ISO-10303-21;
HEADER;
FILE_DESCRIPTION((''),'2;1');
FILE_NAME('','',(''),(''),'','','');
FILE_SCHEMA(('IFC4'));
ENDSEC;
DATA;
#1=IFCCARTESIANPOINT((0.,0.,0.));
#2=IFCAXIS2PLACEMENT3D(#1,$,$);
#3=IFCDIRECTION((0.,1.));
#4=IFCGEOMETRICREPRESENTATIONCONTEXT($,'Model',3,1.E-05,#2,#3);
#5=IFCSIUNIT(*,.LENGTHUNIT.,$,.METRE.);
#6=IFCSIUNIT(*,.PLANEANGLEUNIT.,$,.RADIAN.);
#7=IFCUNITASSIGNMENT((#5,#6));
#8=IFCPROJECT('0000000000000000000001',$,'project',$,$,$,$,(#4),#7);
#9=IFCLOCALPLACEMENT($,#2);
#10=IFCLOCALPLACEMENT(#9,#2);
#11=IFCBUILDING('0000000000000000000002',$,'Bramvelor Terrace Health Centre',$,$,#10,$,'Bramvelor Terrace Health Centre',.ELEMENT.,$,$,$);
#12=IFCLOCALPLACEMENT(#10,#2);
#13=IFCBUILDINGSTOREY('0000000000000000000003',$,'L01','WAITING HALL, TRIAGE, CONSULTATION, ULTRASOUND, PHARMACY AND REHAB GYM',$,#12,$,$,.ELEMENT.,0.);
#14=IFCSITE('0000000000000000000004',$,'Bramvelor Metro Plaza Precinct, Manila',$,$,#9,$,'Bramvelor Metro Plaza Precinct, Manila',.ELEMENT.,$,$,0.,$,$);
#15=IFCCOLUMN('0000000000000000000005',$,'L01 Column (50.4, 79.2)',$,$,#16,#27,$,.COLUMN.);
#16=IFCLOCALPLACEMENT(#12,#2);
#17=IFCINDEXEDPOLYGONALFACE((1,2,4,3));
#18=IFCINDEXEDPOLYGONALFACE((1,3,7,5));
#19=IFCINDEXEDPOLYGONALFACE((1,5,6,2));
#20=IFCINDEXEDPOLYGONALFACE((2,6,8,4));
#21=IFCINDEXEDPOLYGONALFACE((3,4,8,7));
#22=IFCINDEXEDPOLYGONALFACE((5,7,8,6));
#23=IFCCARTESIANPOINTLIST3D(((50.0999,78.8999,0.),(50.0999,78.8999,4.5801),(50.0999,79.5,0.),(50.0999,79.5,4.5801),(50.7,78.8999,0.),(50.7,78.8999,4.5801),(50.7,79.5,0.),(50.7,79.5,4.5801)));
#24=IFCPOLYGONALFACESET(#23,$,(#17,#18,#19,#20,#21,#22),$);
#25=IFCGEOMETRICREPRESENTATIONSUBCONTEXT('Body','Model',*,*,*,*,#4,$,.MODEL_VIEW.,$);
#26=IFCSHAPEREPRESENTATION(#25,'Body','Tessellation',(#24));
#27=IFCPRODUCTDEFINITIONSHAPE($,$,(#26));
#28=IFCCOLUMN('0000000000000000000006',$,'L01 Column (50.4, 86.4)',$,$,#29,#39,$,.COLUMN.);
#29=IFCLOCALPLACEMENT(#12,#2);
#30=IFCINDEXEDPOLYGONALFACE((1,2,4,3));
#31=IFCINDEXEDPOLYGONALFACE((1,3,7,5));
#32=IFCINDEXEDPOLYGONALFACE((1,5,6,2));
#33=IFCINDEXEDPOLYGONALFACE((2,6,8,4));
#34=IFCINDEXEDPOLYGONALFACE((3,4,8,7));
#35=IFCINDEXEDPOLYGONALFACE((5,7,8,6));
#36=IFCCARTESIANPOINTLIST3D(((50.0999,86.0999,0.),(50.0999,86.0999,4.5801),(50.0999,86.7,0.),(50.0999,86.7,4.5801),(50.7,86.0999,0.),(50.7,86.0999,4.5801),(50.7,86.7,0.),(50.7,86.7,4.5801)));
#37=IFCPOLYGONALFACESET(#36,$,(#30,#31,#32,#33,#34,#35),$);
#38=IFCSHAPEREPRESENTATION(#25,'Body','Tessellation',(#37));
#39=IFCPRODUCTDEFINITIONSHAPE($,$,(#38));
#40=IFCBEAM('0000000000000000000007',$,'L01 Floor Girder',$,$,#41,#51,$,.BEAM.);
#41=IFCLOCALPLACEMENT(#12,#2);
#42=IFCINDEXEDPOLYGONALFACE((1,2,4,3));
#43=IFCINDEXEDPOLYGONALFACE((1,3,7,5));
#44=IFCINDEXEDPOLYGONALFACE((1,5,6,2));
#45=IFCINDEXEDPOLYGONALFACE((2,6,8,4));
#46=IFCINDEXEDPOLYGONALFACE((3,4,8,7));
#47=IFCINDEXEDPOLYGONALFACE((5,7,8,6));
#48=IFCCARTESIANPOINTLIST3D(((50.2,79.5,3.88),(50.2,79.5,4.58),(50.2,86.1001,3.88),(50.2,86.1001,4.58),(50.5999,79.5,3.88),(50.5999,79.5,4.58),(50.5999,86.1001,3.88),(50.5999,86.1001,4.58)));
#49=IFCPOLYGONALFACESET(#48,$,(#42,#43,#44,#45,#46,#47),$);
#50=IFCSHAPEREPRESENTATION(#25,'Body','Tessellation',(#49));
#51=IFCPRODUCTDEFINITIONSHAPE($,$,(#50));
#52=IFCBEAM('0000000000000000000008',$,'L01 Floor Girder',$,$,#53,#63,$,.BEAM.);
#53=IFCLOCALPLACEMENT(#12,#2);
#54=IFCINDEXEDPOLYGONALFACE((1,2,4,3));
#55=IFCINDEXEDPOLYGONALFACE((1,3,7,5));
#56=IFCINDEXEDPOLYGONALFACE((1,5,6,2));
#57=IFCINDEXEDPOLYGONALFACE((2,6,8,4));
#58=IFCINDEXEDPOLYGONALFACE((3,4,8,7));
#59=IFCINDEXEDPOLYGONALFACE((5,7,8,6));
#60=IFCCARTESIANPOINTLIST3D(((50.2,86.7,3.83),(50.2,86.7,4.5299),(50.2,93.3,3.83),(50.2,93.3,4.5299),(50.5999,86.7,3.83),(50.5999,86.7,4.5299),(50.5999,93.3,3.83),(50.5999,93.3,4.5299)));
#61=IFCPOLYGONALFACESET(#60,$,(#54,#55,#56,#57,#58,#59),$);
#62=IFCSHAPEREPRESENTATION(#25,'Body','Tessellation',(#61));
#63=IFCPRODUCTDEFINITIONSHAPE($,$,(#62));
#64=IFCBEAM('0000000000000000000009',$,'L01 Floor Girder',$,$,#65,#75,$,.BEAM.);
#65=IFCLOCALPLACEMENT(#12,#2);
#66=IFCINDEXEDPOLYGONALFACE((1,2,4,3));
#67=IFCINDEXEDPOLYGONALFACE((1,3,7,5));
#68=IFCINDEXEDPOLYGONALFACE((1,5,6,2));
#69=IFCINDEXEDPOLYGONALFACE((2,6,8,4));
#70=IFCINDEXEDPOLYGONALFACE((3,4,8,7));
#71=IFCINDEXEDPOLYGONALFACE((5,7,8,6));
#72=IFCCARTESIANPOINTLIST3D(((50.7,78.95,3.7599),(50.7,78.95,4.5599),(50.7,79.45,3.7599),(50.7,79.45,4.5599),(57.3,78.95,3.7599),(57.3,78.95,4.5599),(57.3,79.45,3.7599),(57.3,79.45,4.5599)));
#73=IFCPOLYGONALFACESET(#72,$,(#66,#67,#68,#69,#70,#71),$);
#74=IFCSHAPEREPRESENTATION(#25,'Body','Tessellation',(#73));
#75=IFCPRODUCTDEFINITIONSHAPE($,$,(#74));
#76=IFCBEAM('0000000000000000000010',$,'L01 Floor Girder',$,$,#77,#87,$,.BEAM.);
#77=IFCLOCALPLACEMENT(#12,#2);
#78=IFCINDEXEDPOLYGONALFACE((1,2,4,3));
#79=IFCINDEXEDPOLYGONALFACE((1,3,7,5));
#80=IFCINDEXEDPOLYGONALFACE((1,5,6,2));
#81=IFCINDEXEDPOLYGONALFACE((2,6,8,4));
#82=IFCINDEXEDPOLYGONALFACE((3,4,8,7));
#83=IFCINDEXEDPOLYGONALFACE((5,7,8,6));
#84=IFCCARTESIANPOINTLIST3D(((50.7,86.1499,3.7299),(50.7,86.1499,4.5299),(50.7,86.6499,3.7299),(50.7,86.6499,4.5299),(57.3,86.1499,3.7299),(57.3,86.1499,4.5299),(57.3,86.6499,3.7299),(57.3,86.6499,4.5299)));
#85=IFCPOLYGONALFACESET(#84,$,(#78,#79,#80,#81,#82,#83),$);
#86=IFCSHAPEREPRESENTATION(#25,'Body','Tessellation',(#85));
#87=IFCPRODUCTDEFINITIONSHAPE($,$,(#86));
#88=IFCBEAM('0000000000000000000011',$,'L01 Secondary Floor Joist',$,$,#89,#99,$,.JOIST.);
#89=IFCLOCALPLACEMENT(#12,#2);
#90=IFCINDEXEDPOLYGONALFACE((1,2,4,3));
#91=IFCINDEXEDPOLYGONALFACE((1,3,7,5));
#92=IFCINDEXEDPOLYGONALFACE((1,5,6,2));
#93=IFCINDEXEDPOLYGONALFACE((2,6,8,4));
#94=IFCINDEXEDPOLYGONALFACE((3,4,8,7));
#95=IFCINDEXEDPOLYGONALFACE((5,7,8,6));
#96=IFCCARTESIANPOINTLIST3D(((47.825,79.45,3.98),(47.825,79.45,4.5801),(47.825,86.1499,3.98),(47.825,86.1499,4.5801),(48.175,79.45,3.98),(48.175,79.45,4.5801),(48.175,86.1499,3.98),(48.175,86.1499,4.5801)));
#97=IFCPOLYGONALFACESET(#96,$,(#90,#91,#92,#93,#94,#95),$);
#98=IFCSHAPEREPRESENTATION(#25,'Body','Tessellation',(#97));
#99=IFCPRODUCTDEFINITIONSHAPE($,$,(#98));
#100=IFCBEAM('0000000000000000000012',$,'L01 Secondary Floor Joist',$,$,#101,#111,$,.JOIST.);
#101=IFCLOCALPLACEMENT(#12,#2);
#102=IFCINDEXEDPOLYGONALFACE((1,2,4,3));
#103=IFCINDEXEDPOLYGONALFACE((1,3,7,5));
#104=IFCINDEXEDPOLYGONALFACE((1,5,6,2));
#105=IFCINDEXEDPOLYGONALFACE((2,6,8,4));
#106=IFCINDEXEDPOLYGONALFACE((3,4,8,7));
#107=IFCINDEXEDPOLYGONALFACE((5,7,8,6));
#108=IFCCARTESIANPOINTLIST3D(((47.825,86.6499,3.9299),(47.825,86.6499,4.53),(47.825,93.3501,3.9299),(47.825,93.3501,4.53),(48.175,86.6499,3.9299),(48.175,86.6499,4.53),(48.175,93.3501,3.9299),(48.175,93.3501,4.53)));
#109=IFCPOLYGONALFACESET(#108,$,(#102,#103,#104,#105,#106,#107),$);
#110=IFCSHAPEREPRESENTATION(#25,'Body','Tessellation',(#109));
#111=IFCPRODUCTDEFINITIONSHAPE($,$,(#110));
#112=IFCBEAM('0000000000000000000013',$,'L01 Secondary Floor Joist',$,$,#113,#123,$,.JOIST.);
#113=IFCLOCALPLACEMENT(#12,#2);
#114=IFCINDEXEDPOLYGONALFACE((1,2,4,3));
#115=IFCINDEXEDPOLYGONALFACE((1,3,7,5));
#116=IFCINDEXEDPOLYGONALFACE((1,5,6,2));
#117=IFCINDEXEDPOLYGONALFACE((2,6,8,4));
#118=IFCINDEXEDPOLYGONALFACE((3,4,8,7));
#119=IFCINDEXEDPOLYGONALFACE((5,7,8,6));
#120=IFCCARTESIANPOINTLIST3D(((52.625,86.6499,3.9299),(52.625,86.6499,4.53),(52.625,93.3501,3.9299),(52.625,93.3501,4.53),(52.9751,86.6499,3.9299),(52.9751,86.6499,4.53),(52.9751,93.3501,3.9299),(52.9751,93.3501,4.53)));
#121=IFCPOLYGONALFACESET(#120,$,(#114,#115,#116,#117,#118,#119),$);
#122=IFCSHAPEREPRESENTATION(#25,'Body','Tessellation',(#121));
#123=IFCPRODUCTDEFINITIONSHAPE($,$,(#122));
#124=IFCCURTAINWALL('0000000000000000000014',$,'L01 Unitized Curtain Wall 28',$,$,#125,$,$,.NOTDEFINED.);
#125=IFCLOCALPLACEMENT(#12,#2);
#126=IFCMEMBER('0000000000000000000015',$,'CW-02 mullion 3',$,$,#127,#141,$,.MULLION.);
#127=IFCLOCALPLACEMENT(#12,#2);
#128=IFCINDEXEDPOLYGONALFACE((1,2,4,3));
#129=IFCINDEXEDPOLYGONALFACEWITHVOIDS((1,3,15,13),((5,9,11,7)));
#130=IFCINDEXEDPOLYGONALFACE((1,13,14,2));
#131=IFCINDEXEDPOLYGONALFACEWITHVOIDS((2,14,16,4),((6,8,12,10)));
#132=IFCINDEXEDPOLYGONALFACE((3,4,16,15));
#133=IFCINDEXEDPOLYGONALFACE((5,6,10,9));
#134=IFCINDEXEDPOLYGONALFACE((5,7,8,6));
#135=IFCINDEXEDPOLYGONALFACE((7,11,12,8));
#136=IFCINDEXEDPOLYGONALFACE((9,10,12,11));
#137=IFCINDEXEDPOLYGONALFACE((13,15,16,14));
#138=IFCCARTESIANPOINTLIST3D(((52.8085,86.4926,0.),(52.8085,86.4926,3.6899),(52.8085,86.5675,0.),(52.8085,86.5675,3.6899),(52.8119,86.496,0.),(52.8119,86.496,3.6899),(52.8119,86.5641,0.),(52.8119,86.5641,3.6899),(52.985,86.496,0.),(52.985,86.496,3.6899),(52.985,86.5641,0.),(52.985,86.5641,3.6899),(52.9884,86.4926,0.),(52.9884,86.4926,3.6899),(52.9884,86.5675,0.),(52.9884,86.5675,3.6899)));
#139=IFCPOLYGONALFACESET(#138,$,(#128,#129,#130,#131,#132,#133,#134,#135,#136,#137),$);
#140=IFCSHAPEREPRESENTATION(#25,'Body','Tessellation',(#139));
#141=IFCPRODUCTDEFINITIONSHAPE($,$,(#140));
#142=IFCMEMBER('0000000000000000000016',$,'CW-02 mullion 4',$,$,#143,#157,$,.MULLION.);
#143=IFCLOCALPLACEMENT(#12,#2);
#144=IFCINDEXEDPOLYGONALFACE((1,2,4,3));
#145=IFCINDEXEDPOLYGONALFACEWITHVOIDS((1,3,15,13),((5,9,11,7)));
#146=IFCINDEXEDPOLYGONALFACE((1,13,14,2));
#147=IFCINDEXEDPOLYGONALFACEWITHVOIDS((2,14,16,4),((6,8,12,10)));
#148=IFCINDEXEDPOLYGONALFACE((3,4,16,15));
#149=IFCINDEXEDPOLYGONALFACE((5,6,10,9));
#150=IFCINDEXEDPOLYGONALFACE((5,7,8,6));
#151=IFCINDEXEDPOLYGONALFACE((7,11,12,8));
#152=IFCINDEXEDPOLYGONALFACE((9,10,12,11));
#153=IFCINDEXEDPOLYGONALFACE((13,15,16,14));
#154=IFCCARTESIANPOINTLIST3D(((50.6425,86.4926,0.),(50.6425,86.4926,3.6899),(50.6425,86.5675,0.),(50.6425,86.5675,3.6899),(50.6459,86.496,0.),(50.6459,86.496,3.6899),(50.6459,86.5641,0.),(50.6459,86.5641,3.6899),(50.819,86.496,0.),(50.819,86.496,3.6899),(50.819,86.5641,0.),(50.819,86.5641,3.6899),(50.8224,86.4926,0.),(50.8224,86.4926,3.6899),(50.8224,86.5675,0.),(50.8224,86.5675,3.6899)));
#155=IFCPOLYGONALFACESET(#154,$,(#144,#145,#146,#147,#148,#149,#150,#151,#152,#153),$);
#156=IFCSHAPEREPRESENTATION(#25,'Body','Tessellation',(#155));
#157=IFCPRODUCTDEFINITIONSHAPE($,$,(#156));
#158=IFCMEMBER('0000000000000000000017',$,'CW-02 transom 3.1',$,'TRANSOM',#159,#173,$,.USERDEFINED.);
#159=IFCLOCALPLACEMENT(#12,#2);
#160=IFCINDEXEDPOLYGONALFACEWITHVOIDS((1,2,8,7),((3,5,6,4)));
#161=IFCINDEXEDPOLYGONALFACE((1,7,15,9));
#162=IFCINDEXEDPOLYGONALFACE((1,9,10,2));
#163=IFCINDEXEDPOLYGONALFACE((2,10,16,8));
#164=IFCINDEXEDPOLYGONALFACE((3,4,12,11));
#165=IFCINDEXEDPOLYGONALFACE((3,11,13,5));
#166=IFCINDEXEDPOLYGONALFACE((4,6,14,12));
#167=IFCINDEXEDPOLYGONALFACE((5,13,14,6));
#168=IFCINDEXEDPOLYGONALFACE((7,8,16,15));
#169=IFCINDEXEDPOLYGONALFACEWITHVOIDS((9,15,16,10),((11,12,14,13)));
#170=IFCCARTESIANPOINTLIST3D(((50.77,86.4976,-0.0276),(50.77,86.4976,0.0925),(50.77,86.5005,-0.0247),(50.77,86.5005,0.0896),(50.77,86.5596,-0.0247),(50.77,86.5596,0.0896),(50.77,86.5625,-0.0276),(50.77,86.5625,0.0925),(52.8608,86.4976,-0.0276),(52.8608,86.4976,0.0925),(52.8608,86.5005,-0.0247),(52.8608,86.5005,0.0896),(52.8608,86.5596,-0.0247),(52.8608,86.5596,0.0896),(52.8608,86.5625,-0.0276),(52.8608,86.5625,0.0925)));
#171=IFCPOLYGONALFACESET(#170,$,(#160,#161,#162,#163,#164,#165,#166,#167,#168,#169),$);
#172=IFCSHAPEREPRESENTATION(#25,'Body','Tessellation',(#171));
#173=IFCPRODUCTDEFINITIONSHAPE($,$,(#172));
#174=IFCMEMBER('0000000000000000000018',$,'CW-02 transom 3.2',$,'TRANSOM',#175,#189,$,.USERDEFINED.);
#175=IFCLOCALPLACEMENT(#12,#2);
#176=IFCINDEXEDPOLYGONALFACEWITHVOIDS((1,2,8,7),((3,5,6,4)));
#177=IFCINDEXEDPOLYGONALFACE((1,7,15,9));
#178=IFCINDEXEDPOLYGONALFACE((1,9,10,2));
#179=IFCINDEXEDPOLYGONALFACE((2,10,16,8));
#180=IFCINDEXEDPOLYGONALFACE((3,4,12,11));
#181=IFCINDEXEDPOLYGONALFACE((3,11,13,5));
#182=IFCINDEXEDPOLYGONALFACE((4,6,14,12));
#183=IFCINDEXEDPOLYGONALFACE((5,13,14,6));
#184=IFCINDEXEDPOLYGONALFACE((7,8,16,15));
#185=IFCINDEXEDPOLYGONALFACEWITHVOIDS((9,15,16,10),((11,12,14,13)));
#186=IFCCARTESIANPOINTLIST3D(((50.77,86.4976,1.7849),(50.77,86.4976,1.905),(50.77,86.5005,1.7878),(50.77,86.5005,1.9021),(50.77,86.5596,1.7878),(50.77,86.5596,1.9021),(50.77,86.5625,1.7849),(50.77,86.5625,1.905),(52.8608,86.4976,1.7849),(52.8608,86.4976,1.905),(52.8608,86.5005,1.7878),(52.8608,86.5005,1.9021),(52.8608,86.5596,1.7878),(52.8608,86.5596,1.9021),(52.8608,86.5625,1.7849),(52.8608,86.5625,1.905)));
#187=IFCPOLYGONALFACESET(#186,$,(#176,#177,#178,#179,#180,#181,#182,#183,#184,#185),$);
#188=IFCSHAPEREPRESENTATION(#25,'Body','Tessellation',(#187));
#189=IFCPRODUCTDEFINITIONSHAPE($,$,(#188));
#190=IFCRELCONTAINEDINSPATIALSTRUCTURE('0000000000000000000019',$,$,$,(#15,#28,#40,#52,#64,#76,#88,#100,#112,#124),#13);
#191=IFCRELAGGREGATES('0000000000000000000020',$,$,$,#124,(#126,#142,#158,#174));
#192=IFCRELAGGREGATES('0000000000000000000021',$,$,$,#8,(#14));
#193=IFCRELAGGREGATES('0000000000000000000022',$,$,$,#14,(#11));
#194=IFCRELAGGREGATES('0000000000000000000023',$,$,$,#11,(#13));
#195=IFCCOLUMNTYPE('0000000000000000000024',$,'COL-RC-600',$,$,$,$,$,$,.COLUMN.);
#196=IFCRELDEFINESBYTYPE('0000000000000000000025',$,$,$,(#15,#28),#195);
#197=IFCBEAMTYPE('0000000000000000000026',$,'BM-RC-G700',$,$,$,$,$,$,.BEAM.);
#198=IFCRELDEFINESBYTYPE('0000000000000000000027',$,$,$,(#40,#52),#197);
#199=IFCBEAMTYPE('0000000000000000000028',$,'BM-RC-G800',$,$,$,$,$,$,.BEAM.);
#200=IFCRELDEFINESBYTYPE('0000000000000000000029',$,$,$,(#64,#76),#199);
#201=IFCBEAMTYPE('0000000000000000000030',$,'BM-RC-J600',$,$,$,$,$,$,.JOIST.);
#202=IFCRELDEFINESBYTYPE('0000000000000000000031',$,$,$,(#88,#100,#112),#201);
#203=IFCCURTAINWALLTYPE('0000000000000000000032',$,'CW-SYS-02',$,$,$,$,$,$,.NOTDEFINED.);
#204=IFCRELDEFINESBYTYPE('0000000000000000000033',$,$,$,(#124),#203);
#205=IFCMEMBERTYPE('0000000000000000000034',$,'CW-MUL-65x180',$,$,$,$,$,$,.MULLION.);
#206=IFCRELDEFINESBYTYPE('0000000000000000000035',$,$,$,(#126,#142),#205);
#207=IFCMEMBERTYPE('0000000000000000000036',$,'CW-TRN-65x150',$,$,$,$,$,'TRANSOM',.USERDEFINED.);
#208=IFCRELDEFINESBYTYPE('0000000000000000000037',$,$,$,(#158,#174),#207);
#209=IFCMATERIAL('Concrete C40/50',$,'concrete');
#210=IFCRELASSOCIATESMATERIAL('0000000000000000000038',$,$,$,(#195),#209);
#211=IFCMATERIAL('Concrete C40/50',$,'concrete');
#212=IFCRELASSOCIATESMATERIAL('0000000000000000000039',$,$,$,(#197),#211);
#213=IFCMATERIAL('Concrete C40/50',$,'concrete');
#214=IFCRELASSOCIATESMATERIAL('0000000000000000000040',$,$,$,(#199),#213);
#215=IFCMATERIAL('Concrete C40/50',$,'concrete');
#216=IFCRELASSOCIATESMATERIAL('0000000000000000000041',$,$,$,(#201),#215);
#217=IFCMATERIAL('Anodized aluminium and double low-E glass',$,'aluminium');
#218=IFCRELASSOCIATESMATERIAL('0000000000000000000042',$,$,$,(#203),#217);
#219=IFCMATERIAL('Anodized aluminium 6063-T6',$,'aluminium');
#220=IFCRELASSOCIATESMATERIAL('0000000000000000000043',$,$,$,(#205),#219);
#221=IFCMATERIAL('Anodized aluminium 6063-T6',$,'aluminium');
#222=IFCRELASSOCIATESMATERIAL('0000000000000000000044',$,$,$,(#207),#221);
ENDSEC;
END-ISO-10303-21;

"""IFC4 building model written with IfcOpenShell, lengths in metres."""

from ifc_helpers import new_model, si_unit, direction, frame, origin, origin_2d, place, context, subcontext, project, spatial, rectangle, hollow_rectangle, extrude, material, material_profile, profile_set, type_object, element, aggregate, save


model = new_model("IFC4")

# Units and contexts
model_context = context("Model", 3, precision=1e-05, world=origin(), true_north=direction((0.0, 1.0)))
body_context = subcontext(model_context, "Body", "Model", "MODEL_VIEW")
ifc_project = project(units=[si_unit("LENGTHUNIT", "METRE"), si_unit("PLANEANGLEUNIT", "RADIAN")], contexts=[model_context])

# Site, building, storey
site_placement = place(None, origin())
site = spatial("IfcSite", under=ifc_project, at=site_placement, Name="Bramvelor Metro Plaza Precinct, Manila", LongName="Bramvelor Metro Plaza Precinct, Manila", CompositionType="ELEMENT", RefElevation=0.0)
building_placement = place(site_placement, origin())
building = spatial("IfcBuilding", under=site, at=building_placement, Name="Bramvelor Terrace Health Centre", LongName="Bramvelor Terrace Health Centre", CompositionType="ELEMENT")
storey_placement = place(building_placement, origin())
storey = spatial("IfcBuildingStorey", under=building, at=storey_placement, Name="L01", Description="WAITING HALL, TRIAGE, CONSULTATION, ULTRASOUND, PHARMACY AND REHAB GYM", CompositionType="ELEMENT", Elevation=0.0)

# Columns
ifc_material_1 = material(Name="Concrete C40/50", Category="concrete")
ifc_material_profile_1 = material_profile(ifc_material_1, rectangle(XDim=0.6001, YDim=0.6001, at=origin_2d()), Name="RC 600x600")
ifc_profile_set_1 = profile_set([ifc_material_profile_1], Name="Concrete C40/50")
column_type = type_object("IfcColumnType", Name="COL-RC-600", PredefinedType="COLUMN", material=ifc_profile_set_1)
for number, where, z_axis, x_axis, name in (
    (1, (50.3999, 79.2, 0.0), (0.0, 0.0, 1.0), (1.0, 0.0, 0.0), "L01 Column (50.4, 79.2)"),
    (2, (50.3999, 86.3999, 0.0), (0.0, 0.0, 1.0), (1.0, 0.0, 0.0), "L01 Column (50.4, 86.4)"),
):
    element("IfcColumn", number, at=place(storey_placement, frame(where, z_axis=z_axis, x_axis=x_axis)), inside=storey, type_object=column_type, Name=name, PredefinedType="COLUMN", context=body_context, shape_type="SweptSolid", body=[
        extrude(rectangle(XDim=0.6001, YDim=0.6001, at=origin_2d()), origin(), (0.0, 0.0, 1.0), 4.5801),
    ])

# Beams
ifc_material_2 = material(Name="Concrete C40/50", Category="concrete")
ifc_material_profile_2 = material_profile(ifc_material_2, rectangle(XDim=0.3999, YDim=0.7, at=origin_2d()), Name="RC 400x700")
ifc_profile_set_2 = profile_set([ifc_material_profile_2], Name="Concrete C40/50")
beam_type_1 = type_object("IfcBeamType", Name="BM-RC-G700", PredefinedType="BEAM", material=ifc_profile_set_2)
for number, where, z_axis, x_axis, name in (
    (3, (50.3999, 79.5, 4.23), (0.0, 1.0, 0.0), (-1.0, 0.0, 0.0), "L01 Floor Girder"),
    (4, (50.3999, 86.7, 4.1799), (0.0, 1.0, 0.0), (-1.0, 0.0, 0.0), "L01 Floor Girder"),
):
    element("IfcBeam", number, at=place(storey_placement, frame(where, z_axis=z_axis, x_axis=x_axis)), inside=storey, type_object=beam_type_1, Name=name, PredefinedType="BEAM", context=body_context, shape_type="SweptSolid", body=[
        extrude(rectangle(XDim=0.3999, YDim=0.7, at=origin_2d()), origin(), (0.0, 0.0, 1.0), 6.6001),
    ])
ifc_material_3 = material(Name="Concrete C40/50", Category="concrete")
ifc_material_profile_3 = material_profile(ifc_material_3, rectangle(XDim=0.5, YDim=0.8, at=origin_2d()), Name="RC 500x800")
ifc_profile_set_3 = profile_set([ifc_material_profile_3], Name="Concrete C40/50")
beam_type_2 = type_object("IfcBeamType", Name="BM-RC-G800", PredefinedType="BEAM", material=ifc_profile_set_3)
for number, where, z_axis, x_axis, name in (
    (5, (50.7, 79.2, 4.1599), (1.0, 0.0, 0.0), (0.0, 1.0, 0.0), "L01 Floor Girder"),
    (6, (50.7, 86.3999, 4.1299), (1.0, 0.0, 0.0), (0.0, 1.0, 0.0), "L01 Floor Girder"),
):
    element("IfcBeam", number, at=place(storey_placement, frame(where, z_axis=z_axis, x_axis=x_axis)), inside=storey, type_object=beam_type_2, Name=name, PredefinedType="BEAM", context=body_context, shape_type="SweptSolid", body=[
        extrude(rectangle(XDim=0.5, YDim=0.8, at=origin_2d()), origin(), (0.0, 0.0, 1.0), 6.6001),
    ])
ifc_material_4 = material(Name="Concrete C40/50", Category="concrete")
ifc_material_profile_4 = material_profile(ifc_material_4, rectangle(XDim=0.3501, YDim=0.6001, at=origin_2d()), Name="RC 350x600")
ifc_profile_set_4 = profile_set([ifc_material_profile_4], Name="Concrete C40/50")
beam_type_3 = type_object("IfcBeamType", Name="BM-RC-J600", PredefinedType="JOIST", material=ifc_profile_set_4)
beam_placement = place(storey_placement, frame((48.0, 79.45, 4.28), z_axis=(0.0, 1.0, 0.0), x_axis=(-1.0, 0.0, 0.0)))
element("IfcBeam", 7, at=beam_placement, inside=storey, type_object=beam_type_3, Name="L01 Secondary Floor Joist", PredefinedType="JOIST", context=body_context, shape_type="SweptSolid", body=[
    extrude(rectangle(XDim=0.3501, YDim=0.6001, at=origin_2d()), origin(), (0.0, 0.0, 1.0), 6.7),
])
for number, where, z_axis, x_axis, name in (
    (8, (48.0, 86.6499, 4.23), (0.0, 1.0, 0.0), (-1.0, 0.0, 0.0), "L01 Secondary Floor Joist"),
    (9, (52.8, 86.6499, 4.23), (0.0, 1.0, 0.0), (-1.0, 0.0, 0.0), "L01 Secondary Floor Joist"),
):
    element("IfcBeam", number, at=place(storey_placement, frame(where, z_axis=z_axis, x_axis=x_axis)), inside=storey, type_object=beam_type_3, Name=name, PredefinedType="JOIST", context=body_context, shape_type="SweptSolid", body=[
        extrude(rectangle(XDim=0.3501, YDim=0.6001, at=origin_2d()), origin(), (0.0, 0.0, 1.0), 6.7002),
    ])

# Curtain wall, members
ifc_material_5 = material(Name="Anodized aluminium and double low-E glass", Category="aluminium")
curtain_wall_type = type_object("IfcCurtainWallType", Name="CW-SYS-02", PredefinedType="NOTDEFINED", material=ifc_material_5)
curtain_wall_placement = place(storey_placement, origin())
curtain_wall = element("IfcCurtainWall", 10, at=curtain_wall_placement, inside=storey, type_object=curtain_wall_type, Name="L01 Unitized Curtain Wall 28", PredefinedType="NOTDEFINED")
ifc_material_6 = material(Name="Anodized aluminium 6063-T6", Category="aluminium")
ifc_material_profile_5 = material_profile(ifc_material_6, hollow_rectangle(XDim=0.075, YDim=0.1799, WallThickness=0.0034, at=origin_2d()), Name="ALU-MUL 75x180x3.5")
ifc_profile_set_5 = profile_set([ifc_material_profile_5], Name="Anodized aluminium 6063-T6")
member_type_1 = type_object("IfcMemberType", Name="CW-MUL-65x180", PredefinedType="MULLION", material=ifc_profile_set_5)
member_1_placement = place(storey_placement, frame((52.8984, 86.53, 0.0), z_axis=(0.0, 0.0, 1.0), x_axis=(0.0, -1.0, 0.0)))
member_1 = element("IfcMember", 11, at=member_1_placement, type_object=member_type_1, Name="CW-02 mullion 3", PredefinedType="MULLION", context=body_context, shape_type="SweptSolid", body=[
    extrude(hollow_rectangle(XDim=0.075, YDim=0.1799, WallThickness=0.0034, at=origin_2d()), origin(), (0.0, 0.0, 1.0), 3.6899),
])
member_2_placement = place(storey_placement, frame((50.7324, 86.53, 0.0), z_axis=(0.0, 0.0, 1.0), x_axis=(0.0, -1.0, 0.0)))
member_2 = element("IfcMember", 12, at=member_2_placement, type_object=member_type_1, Name="CW-02 mullion 4", PredefinedType="MULLION", context=body_context, shape_type="SweptSolid", body=[
    extrude(hollow_rectangle(XDim=0.075, YDim=0.1799, WallThickness=0.0034, at=origin_2d()), origin(), (0.0, 0.0, 1.0), 3.6899),
])
ifc_material_7 = material(Name="Anodized aluminium 6063-T6", Category="aluminium")
ifc_material_profile_6 = material_profile(ifc_material_7, hollow_rectangle(XDim=0.0649, YDim=0.1201, WallThickness=0.0029, at=origin_2d()), Name="ALU-TRN 65x120x3.0")
ifc_profile_set_6 = profile_set([ifc_material_profile_6], Name="Anodized aluminium 6063-T6")
member_type_2 = type_object("IfcMemberType", Name="CW-TRN-65x150", ElementType="TRANSOM", PredefinedType="USERDEFINED", material=ifc_profile_set_6)
member_3_placement = place(storey_placement, frame((52.8608, 86.53, 0.0325), z_axis=(-1.0, 0.0, 0.0), x_axis=(0.0, -1.0, 0.0)))
member_3 = element("IfcMember", 13, at=member_3_placement, type_object=member_type_2, Name="CW-02 transom 3.1", ObjectType="TRANSOM", PredefinedType="USERDEFINED", context=body_context, shape_type="SweptSolid", body=[
    extrude(hollow_rectangle(XDim=0.0649, YDim=0.1201, WallThickness=0.0029, at=origin_2d()), origin(), (0.0, 0.0, 1.0), 2.0908),
])
member_4_placement = place(storey_placement, frame((52.8608, 86.53, 1.845), z_axis=(-1.0, 0.0, 0.0), x_axis=(0.0, -1.0, 0.0)))
member_4 = element("IfcMember", 14, at=member_4_placement, type_object=member_type_2, Name="CW-02 transom 3.2", ObjectType="TRANSOM", PredefinedType="USERDEFINED", context=body_context, shape_type="SweptSolid", body=[
    extrude(hollow_rectangle(XDim=0.0649, YDim=0.1201, WallThickness=0.0029, at=origin_2d()), origin(), (0.0, 0.0, 1.0), 2.0908),
])
aggregate(curtain_wall, [member_1, member_2, member_3, member_4])

save(model, "model.ifc")
